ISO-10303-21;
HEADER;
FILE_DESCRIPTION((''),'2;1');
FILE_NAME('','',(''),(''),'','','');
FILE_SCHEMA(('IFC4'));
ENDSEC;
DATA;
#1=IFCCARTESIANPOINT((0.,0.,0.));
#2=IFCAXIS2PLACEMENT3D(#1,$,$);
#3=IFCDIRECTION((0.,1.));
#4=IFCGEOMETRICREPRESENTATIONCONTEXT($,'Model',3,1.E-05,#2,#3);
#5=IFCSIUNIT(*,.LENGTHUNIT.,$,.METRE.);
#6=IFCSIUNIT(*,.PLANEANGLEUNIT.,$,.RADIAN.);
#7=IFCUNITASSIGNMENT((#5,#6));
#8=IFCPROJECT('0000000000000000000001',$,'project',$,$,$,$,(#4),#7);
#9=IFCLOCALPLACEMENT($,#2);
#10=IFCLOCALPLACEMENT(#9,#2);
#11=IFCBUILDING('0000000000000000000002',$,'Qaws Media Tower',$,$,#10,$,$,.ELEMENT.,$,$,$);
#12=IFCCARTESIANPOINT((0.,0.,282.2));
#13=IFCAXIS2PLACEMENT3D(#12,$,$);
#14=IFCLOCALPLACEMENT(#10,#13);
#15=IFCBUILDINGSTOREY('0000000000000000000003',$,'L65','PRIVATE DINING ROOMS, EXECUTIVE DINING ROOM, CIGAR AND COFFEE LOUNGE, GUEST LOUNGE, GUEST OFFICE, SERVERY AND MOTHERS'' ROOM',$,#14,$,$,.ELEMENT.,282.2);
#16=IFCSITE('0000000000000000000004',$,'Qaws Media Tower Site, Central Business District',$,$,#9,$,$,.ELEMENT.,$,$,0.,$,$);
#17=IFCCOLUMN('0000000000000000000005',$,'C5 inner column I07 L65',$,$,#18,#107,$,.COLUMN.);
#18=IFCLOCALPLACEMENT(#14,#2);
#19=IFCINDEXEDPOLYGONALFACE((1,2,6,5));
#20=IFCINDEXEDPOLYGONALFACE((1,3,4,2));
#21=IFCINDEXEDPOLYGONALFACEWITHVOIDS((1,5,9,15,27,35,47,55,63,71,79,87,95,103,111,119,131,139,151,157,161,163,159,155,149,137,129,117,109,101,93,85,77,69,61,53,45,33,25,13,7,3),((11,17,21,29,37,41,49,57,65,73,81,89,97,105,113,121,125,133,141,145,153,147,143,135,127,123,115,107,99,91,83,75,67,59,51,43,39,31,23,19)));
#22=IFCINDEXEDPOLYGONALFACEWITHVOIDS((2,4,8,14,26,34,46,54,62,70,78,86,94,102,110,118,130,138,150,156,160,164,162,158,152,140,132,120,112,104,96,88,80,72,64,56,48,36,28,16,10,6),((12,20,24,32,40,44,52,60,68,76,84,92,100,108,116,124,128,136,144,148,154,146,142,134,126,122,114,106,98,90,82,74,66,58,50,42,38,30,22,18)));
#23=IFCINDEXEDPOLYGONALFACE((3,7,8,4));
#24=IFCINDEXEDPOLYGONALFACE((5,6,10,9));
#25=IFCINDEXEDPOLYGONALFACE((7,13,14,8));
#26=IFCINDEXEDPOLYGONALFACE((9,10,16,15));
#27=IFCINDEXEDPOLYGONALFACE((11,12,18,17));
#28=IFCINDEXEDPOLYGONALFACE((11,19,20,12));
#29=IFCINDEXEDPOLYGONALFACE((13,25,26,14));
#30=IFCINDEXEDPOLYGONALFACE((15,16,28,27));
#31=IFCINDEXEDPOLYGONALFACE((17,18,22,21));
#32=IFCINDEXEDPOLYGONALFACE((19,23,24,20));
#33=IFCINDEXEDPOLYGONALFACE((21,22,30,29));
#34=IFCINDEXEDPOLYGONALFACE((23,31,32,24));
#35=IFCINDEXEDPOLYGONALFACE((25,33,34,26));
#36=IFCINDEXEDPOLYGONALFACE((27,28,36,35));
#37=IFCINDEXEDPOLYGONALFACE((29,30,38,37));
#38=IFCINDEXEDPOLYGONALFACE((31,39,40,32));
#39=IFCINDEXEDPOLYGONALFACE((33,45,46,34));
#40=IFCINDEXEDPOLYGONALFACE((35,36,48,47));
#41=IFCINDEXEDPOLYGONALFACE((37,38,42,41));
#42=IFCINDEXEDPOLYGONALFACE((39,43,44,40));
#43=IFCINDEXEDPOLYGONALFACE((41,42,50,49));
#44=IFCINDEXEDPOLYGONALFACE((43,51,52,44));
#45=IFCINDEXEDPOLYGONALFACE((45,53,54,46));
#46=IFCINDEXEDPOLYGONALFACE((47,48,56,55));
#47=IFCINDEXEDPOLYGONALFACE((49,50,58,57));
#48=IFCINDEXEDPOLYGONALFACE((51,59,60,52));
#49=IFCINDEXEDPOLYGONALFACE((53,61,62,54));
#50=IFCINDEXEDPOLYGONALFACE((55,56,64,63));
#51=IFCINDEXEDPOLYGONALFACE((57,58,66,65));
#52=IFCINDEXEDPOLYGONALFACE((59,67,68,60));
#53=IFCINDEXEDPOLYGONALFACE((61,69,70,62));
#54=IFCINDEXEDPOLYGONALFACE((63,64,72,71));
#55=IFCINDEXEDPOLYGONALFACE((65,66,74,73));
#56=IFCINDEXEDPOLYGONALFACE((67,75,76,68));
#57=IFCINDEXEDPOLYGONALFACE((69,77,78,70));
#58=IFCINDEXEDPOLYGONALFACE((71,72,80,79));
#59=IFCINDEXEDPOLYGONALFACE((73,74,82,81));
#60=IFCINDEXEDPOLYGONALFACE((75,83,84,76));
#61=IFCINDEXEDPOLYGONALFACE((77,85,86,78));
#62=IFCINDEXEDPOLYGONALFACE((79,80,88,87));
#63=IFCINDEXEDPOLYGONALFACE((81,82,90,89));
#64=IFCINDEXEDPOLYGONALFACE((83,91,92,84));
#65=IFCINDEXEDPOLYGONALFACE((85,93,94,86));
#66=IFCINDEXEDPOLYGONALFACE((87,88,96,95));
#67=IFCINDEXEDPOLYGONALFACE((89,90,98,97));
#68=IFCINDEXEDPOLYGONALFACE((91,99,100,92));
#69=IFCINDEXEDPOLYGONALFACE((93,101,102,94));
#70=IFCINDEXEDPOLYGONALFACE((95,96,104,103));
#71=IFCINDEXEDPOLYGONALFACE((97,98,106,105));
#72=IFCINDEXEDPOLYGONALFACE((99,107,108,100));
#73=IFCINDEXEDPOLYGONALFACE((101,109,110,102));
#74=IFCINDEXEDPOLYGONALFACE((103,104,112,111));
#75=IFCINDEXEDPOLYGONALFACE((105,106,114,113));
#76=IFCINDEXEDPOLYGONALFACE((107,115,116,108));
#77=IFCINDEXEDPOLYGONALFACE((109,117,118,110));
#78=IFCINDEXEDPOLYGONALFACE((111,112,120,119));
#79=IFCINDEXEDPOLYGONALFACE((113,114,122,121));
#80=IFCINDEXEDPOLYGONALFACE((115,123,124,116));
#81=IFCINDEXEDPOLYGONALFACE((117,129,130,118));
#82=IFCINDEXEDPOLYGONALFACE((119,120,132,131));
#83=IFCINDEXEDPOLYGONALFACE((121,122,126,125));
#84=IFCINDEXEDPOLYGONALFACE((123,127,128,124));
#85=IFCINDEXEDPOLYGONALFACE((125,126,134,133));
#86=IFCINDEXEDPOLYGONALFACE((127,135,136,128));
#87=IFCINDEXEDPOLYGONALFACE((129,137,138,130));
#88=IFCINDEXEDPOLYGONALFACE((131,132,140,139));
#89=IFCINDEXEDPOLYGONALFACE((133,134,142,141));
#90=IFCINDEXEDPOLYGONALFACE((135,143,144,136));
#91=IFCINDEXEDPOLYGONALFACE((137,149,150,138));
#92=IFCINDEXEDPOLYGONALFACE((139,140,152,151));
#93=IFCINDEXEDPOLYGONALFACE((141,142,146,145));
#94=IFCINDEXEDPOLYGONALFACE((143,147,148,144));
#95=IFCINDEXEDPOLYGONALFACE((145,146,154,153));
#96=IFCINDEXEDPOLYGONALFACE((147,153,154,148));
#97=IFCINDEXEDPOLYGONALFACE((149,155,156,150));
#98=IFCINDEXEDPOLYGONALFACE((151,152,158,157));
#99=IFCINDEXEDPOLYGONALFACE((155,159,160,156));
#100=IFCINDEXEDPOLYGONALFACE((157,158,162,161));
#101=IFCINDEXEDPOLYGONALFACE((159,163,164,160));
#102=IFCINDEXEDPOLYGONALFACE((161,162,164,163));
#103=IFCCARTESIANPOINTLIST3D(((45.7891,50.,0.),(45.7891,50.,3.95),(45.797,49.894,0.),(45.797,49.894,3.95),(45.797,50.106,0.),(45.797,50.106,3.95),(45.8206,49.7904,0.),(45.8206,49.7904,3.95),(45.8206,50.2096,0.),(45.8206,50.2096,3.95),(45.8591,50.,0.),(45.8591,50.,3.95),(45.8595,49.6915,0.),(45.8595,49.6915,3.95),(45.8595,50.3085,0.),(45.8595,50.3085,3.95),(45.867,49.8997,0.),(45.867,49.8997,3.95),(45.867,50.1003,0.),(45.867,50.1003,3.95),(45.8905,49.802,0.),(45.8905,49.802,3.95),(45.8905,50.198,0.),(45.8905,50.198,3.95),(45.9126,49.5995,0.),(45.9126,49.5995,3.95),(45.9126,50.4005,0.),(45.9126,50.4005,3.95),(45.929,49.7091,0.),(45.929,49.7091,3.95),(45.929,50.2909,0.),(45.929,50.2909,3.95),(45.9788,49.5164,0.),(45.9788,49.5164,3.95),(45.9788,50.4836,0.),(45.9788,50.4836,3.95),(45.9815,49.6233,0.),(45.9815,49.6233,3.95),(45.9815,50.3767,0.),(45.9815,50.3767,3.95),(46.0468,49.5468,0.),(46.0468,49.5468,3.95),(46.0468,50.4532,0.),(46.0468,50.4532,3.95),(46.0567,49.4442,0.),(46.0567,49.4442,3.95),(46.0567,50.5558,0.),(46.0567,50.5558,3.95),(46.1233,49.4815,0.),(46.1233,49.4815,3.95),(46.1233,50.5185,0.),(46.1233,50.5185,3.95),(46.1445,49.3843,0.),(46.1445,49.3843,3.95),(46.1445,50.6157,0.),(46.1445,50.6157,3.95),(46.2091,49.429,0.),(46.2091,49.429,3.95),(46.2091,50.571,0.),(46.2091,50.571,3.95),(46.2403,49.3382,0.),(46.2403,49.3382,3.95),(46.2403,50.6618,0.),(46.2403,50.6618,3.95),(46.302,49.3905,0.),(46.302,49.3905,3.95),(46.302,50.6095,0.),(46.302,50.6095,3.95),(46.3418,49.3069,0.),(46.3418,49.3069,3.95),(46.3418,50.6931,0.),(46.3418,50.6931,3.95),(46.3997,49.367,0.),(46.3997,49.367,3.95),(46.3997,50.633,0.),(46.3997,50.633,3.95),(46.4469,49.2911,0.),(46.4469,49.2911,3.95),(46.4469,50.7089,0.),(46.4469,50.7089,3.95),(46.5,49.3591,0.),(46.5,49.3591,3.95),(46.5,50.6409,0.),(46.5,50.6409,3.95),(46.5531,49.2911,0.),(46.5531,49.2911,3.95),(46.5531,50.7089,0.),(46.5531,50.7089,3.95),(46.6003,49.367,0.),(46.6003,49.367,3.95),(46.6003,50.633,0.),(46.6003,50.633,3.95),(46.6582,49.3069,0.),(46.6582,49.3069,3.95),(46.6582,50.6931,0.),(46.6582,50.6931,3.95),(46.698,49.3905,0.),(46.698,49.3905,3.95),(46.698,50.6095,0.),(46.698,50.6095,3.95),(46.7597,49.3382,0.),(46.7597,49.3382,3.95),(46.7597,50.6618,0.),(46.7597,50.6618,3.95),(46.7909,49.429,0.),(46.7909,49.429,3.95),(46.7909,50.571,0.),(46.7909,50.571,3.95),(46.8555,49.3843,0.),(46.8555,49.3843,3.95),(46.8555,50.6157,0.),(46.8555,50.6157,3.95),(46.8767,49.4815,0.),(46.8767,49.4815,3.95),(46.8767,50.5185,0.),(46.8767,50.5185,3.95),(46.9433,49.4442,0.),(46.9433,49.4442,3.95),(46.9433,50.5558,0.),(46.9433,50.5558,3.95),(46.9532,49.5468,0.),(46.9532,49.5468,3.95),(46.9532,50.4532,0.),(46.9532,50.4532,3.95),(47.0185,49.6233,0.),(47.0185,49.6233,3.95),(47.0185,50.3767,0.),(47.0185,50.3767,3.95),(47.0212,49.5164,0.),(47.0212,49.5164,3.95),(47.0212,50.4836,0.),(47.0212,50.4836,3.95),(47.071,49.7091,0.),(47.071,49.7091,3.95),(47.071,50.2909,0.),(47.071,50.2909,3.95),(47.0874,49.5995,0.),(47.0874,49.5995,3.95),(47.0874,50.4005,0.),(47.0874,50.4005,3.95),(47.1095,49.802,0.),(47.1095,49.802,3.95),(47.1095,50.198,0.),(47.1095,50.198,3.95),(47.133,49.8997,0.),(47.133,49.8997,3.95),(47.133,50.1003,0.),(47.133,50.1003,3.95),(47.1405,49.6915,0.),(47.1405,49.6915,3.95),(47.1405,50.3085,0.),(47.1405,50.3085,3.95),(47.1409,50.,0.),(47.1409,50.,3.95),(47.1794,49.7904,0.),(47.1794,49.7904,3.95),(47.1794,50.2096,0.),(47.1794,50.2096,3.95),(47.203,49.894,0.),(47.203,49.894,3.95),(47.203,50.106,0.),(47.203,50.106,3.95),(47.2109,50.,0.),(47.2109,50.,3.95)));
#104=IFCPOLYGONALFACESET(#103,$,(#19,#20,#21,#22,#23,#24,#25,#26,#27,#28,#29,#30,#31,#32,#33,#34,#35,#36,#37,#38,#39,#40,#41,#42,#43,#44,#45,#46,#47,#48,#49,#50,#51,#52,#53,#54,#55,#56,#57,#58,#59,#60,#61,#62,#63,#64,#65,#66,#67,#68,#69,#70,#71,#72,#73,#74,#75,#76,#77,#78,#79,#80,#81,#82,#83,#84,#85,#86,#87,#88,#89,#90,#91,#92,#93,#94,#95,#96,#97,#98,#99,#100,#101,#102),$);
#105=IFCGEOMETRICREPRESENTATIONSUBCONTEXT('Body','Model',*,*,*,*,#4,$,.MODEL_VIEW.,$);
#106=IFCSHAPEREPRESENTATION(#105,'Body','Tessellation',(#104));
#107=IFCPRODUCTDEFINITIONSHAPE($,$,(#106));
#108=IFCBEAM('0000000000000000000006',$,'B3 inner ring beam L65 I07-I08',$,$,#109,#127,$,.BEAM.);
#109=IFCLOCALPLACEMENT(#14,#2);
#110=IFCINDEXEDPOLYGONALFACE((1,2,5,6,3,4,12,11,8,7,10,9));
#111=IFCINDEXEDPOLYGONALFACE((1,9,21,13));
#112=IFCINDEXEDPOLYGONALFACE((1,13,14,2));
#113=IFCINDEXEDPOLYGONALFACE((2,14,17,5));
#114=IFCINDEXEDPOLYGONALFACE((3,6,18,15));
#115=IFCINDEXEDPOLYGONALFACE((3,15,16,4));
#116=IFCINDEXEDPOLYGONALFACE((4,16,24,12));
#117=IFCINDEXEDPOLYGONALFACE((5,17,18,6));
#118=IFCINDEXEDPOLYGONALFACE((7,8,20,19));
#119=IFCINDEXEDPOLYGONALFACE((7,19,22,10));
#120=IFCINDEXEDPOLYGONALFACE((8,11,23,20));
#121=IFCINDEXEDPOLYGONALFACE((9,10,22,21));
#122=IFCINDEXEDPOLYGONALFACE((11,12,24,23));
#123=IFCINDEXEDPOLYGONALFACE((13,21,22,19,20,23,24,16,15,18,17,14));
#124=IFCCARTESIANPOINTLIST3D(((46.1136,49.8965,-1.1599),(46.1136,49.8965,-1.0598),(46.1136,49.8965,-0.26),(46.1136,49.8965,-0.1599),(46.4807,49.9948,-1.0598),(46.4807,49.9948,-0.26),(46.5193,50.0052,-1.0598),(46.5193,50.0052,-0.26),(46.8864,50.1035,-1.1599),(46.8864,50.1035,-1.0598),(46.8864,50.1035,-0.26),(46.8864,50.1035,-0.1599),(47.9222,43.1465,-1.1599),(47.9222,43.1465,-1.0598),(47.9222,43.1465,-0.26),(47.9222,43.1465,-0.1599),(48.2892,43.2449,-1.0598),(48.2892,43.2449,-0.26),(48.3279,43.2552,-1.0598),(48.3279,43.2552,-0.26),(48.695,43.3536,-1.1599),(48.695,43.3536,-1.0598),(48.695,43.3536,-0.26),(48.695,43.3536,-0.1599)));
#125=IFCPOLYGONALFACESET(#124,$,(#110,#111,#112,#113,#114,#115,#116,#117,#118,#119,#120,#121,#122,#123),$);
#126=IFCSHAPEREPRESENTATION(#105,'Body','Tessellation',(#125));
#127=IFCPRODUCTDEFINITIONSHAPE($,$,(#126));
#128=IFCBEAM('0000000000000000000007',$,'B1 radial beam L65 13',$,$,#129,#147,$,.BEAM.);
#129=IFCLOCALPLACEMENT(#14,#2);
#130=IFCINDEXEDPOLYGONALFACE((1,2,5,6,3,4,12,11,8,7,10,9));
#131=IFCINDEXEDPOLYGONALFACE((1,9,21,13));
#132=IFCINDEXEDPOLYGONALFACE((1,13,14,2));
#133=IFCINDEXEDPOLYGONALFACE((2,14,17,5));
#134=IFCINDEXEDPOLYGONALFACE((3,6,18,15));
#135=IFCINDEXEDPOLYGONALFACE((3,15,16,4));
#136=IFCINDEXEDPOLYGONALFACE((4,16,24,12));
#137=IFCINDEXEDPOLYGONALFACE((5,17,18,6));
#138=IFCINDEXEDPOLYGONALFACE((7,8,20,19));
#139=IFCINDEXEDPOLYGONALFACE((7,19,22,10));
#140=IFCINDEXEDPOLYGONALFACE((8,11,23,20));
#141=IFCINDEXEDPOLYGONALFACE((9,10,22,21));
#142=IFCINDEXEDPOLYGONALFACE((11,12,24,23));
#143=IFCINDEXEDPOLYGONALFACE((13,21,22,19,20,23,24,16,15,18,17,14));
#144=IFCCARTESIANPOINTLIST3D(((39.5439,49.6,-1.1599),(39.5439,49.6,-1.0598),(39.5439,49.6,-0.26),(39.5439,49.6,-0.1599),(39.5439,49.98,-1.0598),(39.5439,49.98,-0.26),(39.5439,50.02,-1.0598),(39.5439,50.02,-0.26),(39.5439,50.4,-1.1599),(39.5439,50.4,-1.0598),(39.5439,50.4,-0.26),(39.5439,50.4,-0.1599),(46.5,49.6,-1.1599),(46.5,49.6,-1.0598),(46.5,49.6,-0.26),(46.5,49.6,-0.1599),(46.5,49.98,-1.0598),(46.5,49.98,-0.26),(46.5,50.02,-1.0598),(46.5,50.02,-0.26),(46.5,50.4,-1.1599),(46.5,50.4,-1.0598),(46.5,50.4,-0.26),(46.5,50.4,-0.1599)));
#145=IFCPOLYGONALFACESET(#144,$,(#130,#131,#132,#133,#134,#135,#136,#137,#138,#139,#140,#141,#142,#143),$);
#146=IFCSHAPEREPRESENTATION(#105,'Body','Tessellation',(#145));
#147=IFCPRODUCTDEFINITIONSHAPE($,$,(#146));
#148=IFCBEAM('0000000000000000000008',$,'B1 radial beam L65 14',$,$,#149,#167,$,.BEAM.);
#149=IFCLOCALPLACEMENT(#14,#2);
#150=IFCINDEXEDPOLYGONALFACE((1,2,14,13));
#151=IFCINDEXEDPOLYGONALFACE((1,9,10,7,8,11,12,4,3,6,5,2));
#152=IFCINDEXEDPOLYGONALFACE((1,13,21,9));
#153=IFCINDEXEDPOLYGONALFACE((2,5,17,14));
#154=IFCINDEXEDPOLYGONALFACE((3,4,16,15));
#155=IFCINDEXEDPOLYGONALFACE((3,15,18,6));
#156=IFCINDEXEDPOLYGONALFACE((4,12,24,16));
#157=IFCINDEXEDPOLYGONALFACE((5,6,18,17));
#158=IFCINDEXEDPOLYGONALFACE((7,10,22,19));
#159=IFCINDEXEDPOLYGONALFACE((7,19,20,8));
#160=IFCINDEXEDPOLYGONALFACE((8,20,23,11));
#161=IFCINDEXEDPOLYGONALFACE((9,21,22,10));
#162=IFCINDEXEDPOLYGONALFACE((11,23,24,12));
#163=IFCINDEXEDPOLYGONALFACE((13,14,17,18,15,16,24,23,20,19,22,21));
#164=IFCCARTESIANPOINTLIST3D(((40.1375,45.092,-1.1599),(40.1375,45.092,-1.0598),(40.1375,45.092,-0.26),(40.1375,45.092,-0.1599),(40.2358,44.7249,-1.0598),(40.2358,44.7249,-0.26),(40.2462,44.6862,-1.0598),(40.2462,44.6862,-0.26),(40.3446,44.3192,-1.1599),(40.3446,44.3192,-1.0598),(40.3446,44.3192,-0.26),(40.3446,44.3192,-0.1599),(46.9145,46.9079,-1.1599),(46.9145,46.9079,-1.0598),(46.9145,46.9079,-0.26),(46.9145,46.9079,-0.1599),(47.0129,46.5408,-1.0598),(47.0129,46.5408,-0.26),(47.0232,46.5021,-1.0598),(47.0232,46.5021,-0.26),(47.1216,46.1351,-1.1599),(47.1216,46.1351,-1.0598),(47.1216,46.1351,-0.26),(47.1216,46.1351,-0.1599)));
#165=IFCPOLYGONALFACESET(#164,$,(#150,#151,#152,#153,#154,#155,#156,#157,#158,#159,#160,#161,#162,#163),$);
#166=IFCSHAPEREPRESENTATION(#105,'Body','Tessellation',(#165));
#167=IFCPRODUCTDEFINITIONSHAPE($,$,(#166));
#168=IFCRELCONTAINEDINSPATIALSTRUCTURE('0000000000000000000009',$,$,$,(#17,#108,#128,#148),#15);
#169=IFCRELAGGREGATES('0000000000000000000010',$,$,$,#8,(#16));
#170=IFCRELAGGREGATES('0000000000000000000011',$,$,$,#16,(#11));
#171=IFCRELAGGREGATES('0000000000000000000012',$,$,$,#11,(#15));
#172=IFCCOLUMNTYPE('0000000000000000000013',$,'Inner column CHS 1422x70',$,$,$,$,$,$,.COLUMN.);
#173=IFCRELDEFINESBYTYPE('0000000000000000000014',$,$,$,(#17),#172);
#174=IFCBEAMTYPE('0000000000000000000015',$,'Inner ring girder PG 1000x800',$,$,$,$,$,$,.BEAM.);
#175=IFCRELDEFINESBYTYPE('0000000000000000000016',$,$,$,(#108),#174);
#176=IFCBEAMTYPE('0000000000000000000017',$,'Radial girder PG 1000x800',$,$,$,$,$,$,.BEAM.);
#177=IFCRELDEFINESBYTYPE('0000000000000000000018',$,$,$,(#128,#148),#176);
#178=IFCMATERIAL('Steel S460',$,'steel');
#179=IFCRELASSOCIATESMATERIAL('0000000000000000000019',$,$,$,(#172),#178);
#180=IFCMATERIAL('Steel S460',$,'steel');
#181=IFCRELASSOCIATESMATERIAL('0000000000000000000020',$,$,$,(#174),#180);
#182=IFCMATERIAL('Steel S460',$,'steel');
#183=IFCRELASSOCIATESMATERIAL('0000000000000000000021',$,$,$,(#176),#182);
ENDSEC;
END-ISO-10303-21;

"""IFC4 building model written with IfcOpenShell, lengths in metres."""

from ifc_helpers import new_model, si_unit, direction, frame, origin, origin_2d, place, context, subcontext, project, spatial, hollow_circle, i_section, extrude, material, material_profile, profile_set, type_object, element, save


model = new_model("IFC4")

# Units and contexts
model_context = context("Model", 3, precision=1e-05, world=origin(), true_north=direction((0.0, 1.0)))
body_context = subcontext(model_context, "Body", "Model", "MODEL_VIEW")
ifc_project = project(units=[si_unit("LENGTHUNIT", "METRE"), si_unit("PLANEANGLEUNIT", "RADIAN")], contexts=[model_context])

# Site, building, storey
site_placement = place(None, origin())
site = spatial("IfcSite", under=ifc_project, at=site_placement, Name="Qaws Media Tower Site, Central Business District", CompositionType="ELEMENT", RefElevation=0.0)
building_placement = place(site_placement, origin())
building = spatial("IfcBuilding", under=site, at=building_placement, Name="Qaws Media Tower", CompositionType="ELEMENT")
storey_placement = place(building_placement, frame((0.0, 0.0, 282.2)))
storey = spatial("IfcBuildingStorey", under=building, at=storey_placement, Name="L65", Description="PRIVATE DINING ROOMS, EXECUTIVE DINING ROOM, CIGAR AND COFFEE LOUNGE, GUEST LOUNGE, GUEST OFFICE, SERVERY AND MOTHERS' ROOM", CompositionType="ELEMENT", Elevation=282.2)

# Column
ifc_material_1 = material(Name="Steel S460", Category="steel")
ifc_material_profile_1 = material_profile(ifc_material_1, hollow_circle(Radius=0.7109, WallThickness=0.0701, at=origin_2d()), Name="CHS 1422x70")
ifc_profile_set_1 = profile_set([ifc_material_profile_1], Name="Steel S460")
column_type = type_object("IfcColumnType", Name="Inner column CHS 1422x70", PredefinedType="COLUMN", material=ifc_profile_set_1)
column_placement = place(storey_placement, frame((46.5, 50.0, 0.0), z_axis=(0.0, 0.0, 1.0), x_axis=(1.0, 0.0, 0.0)))
element("IfcColumn", 1, at=column_placement, inside=storey, type_object=column_type, Name="C5 inner column I07 L65", PredefinedType="COLUMN", context=body_context, shape_type="SweptSolid", body=[
    extrude(hollow_circle(Radius=0.7109, WallThickness=0.0701, at=origin_2d()), origin(), (0.0, 0.0, 1.0), 3.95),
])

# Beams
ifc_material_2 = material(Name="Steel S460", Category="steel")
ifc_material_profile_2 = material_profile(ifc_material_2, i_section(OverallWidth=0.8, OverallDepth=1.0, WebThickness=0.04, FlangeThickness=0.1001, at=origin_2d()), Name="PG 1000x800")
ifc_profile_set_2 = profile_set([ifc_material_profile_2], Name="Steel S460")
beam_type_1 = type_object("IfcBeamType", Name="Inner ring girder PG 1000x800", PredefinedType="BEAM", material=ifc_profile_set_2)
beam_1_placement = place(storey_placement, frame((46.5, 50.0, -0.6599), z_axis=(0.258811, -0.965928, 0.0), x_axis=(0.965928, 0.258811, 0.0)))
element("IfcBeam", 2, at=beam_1_placement, inside=storey, type_object=beam_type_1, Name="B3 inner ring beam L65 I07-I08", PredefinedType="BEAM", context=body_context, shape_type="SweptSolid", body=[
    extrude(i_section(OverallWidth=0.8, OverallDepth=1.0, WebThickness=0.04, FlangeThickness=0.1001, at=origin_2d()), origin(), (0.0, 0.0, 1.0), 6.988),
])
ifc_material_3 = material(Name="Steel S460", Category="steel")
ifc_material_profile_3 = material_profile(ifc_material_3, i_section(OverallWidth=0.8, OverallDepth=1.0, WebThickness=0.04, FlangeThickness=0.1001, at=origin_2d()), Name="PG 1000x800")
ifc_profile_set_3 = profile_set([ifc_material_profile_3], Name="Steel S460")
beam_type_2 = type_object("IfcBeamType", Name="Radial girder PG 1000x800", PredefinedType="BEAM", material=ifc_profile_set_3)
beam_2_placement = place(storey_placement, frame((46.5, 50.0, -0.6599), z_axis=(-1.0, 0.0, 0.0), x_axis=(0.0, -1.0, 0.0)))
element("IfcBeam", 3, at=beam_2_placement, inside=storey, type_object=beam_type_2, Name="B1 radial beam L65 13", PredefinedType="BEAM", context=body_context, shape_type="SweptSolid", body=[
    extrude(i_section(OverallWidth=0.8, OverallDepth=1.0, WebThickness=0.04, FlangeThickness=0.1001, at=origin_2d()), origin(), (0.0, 0.0, 1.0), 6.9561),
])
beam_3_placement = place(storey_placement, frame((47.0181, 46.5215, -0.6599), z_axis=(-0.965926, -0.258819, 0.0), x_axis=(0.258819, -0.965926, 0.0)))
element("IfcBeam", 4, at=beam_3_placement, inside=storey, type_object=beam_type_2, Name="B1 radial beam L65 14", PredefinedType="BEAM", context=body_context, shape_type="SweptSolid", body=[
    extrude(i_section(OverallWidth=0.8, OverallDepth=1.0, WebThickness=0.04, FlangeThickness=0.1001, at=origin_2d()), origin(), (0.0, 0.0, 1.0), 7.0161),
])

save(model, "model.ifc")
